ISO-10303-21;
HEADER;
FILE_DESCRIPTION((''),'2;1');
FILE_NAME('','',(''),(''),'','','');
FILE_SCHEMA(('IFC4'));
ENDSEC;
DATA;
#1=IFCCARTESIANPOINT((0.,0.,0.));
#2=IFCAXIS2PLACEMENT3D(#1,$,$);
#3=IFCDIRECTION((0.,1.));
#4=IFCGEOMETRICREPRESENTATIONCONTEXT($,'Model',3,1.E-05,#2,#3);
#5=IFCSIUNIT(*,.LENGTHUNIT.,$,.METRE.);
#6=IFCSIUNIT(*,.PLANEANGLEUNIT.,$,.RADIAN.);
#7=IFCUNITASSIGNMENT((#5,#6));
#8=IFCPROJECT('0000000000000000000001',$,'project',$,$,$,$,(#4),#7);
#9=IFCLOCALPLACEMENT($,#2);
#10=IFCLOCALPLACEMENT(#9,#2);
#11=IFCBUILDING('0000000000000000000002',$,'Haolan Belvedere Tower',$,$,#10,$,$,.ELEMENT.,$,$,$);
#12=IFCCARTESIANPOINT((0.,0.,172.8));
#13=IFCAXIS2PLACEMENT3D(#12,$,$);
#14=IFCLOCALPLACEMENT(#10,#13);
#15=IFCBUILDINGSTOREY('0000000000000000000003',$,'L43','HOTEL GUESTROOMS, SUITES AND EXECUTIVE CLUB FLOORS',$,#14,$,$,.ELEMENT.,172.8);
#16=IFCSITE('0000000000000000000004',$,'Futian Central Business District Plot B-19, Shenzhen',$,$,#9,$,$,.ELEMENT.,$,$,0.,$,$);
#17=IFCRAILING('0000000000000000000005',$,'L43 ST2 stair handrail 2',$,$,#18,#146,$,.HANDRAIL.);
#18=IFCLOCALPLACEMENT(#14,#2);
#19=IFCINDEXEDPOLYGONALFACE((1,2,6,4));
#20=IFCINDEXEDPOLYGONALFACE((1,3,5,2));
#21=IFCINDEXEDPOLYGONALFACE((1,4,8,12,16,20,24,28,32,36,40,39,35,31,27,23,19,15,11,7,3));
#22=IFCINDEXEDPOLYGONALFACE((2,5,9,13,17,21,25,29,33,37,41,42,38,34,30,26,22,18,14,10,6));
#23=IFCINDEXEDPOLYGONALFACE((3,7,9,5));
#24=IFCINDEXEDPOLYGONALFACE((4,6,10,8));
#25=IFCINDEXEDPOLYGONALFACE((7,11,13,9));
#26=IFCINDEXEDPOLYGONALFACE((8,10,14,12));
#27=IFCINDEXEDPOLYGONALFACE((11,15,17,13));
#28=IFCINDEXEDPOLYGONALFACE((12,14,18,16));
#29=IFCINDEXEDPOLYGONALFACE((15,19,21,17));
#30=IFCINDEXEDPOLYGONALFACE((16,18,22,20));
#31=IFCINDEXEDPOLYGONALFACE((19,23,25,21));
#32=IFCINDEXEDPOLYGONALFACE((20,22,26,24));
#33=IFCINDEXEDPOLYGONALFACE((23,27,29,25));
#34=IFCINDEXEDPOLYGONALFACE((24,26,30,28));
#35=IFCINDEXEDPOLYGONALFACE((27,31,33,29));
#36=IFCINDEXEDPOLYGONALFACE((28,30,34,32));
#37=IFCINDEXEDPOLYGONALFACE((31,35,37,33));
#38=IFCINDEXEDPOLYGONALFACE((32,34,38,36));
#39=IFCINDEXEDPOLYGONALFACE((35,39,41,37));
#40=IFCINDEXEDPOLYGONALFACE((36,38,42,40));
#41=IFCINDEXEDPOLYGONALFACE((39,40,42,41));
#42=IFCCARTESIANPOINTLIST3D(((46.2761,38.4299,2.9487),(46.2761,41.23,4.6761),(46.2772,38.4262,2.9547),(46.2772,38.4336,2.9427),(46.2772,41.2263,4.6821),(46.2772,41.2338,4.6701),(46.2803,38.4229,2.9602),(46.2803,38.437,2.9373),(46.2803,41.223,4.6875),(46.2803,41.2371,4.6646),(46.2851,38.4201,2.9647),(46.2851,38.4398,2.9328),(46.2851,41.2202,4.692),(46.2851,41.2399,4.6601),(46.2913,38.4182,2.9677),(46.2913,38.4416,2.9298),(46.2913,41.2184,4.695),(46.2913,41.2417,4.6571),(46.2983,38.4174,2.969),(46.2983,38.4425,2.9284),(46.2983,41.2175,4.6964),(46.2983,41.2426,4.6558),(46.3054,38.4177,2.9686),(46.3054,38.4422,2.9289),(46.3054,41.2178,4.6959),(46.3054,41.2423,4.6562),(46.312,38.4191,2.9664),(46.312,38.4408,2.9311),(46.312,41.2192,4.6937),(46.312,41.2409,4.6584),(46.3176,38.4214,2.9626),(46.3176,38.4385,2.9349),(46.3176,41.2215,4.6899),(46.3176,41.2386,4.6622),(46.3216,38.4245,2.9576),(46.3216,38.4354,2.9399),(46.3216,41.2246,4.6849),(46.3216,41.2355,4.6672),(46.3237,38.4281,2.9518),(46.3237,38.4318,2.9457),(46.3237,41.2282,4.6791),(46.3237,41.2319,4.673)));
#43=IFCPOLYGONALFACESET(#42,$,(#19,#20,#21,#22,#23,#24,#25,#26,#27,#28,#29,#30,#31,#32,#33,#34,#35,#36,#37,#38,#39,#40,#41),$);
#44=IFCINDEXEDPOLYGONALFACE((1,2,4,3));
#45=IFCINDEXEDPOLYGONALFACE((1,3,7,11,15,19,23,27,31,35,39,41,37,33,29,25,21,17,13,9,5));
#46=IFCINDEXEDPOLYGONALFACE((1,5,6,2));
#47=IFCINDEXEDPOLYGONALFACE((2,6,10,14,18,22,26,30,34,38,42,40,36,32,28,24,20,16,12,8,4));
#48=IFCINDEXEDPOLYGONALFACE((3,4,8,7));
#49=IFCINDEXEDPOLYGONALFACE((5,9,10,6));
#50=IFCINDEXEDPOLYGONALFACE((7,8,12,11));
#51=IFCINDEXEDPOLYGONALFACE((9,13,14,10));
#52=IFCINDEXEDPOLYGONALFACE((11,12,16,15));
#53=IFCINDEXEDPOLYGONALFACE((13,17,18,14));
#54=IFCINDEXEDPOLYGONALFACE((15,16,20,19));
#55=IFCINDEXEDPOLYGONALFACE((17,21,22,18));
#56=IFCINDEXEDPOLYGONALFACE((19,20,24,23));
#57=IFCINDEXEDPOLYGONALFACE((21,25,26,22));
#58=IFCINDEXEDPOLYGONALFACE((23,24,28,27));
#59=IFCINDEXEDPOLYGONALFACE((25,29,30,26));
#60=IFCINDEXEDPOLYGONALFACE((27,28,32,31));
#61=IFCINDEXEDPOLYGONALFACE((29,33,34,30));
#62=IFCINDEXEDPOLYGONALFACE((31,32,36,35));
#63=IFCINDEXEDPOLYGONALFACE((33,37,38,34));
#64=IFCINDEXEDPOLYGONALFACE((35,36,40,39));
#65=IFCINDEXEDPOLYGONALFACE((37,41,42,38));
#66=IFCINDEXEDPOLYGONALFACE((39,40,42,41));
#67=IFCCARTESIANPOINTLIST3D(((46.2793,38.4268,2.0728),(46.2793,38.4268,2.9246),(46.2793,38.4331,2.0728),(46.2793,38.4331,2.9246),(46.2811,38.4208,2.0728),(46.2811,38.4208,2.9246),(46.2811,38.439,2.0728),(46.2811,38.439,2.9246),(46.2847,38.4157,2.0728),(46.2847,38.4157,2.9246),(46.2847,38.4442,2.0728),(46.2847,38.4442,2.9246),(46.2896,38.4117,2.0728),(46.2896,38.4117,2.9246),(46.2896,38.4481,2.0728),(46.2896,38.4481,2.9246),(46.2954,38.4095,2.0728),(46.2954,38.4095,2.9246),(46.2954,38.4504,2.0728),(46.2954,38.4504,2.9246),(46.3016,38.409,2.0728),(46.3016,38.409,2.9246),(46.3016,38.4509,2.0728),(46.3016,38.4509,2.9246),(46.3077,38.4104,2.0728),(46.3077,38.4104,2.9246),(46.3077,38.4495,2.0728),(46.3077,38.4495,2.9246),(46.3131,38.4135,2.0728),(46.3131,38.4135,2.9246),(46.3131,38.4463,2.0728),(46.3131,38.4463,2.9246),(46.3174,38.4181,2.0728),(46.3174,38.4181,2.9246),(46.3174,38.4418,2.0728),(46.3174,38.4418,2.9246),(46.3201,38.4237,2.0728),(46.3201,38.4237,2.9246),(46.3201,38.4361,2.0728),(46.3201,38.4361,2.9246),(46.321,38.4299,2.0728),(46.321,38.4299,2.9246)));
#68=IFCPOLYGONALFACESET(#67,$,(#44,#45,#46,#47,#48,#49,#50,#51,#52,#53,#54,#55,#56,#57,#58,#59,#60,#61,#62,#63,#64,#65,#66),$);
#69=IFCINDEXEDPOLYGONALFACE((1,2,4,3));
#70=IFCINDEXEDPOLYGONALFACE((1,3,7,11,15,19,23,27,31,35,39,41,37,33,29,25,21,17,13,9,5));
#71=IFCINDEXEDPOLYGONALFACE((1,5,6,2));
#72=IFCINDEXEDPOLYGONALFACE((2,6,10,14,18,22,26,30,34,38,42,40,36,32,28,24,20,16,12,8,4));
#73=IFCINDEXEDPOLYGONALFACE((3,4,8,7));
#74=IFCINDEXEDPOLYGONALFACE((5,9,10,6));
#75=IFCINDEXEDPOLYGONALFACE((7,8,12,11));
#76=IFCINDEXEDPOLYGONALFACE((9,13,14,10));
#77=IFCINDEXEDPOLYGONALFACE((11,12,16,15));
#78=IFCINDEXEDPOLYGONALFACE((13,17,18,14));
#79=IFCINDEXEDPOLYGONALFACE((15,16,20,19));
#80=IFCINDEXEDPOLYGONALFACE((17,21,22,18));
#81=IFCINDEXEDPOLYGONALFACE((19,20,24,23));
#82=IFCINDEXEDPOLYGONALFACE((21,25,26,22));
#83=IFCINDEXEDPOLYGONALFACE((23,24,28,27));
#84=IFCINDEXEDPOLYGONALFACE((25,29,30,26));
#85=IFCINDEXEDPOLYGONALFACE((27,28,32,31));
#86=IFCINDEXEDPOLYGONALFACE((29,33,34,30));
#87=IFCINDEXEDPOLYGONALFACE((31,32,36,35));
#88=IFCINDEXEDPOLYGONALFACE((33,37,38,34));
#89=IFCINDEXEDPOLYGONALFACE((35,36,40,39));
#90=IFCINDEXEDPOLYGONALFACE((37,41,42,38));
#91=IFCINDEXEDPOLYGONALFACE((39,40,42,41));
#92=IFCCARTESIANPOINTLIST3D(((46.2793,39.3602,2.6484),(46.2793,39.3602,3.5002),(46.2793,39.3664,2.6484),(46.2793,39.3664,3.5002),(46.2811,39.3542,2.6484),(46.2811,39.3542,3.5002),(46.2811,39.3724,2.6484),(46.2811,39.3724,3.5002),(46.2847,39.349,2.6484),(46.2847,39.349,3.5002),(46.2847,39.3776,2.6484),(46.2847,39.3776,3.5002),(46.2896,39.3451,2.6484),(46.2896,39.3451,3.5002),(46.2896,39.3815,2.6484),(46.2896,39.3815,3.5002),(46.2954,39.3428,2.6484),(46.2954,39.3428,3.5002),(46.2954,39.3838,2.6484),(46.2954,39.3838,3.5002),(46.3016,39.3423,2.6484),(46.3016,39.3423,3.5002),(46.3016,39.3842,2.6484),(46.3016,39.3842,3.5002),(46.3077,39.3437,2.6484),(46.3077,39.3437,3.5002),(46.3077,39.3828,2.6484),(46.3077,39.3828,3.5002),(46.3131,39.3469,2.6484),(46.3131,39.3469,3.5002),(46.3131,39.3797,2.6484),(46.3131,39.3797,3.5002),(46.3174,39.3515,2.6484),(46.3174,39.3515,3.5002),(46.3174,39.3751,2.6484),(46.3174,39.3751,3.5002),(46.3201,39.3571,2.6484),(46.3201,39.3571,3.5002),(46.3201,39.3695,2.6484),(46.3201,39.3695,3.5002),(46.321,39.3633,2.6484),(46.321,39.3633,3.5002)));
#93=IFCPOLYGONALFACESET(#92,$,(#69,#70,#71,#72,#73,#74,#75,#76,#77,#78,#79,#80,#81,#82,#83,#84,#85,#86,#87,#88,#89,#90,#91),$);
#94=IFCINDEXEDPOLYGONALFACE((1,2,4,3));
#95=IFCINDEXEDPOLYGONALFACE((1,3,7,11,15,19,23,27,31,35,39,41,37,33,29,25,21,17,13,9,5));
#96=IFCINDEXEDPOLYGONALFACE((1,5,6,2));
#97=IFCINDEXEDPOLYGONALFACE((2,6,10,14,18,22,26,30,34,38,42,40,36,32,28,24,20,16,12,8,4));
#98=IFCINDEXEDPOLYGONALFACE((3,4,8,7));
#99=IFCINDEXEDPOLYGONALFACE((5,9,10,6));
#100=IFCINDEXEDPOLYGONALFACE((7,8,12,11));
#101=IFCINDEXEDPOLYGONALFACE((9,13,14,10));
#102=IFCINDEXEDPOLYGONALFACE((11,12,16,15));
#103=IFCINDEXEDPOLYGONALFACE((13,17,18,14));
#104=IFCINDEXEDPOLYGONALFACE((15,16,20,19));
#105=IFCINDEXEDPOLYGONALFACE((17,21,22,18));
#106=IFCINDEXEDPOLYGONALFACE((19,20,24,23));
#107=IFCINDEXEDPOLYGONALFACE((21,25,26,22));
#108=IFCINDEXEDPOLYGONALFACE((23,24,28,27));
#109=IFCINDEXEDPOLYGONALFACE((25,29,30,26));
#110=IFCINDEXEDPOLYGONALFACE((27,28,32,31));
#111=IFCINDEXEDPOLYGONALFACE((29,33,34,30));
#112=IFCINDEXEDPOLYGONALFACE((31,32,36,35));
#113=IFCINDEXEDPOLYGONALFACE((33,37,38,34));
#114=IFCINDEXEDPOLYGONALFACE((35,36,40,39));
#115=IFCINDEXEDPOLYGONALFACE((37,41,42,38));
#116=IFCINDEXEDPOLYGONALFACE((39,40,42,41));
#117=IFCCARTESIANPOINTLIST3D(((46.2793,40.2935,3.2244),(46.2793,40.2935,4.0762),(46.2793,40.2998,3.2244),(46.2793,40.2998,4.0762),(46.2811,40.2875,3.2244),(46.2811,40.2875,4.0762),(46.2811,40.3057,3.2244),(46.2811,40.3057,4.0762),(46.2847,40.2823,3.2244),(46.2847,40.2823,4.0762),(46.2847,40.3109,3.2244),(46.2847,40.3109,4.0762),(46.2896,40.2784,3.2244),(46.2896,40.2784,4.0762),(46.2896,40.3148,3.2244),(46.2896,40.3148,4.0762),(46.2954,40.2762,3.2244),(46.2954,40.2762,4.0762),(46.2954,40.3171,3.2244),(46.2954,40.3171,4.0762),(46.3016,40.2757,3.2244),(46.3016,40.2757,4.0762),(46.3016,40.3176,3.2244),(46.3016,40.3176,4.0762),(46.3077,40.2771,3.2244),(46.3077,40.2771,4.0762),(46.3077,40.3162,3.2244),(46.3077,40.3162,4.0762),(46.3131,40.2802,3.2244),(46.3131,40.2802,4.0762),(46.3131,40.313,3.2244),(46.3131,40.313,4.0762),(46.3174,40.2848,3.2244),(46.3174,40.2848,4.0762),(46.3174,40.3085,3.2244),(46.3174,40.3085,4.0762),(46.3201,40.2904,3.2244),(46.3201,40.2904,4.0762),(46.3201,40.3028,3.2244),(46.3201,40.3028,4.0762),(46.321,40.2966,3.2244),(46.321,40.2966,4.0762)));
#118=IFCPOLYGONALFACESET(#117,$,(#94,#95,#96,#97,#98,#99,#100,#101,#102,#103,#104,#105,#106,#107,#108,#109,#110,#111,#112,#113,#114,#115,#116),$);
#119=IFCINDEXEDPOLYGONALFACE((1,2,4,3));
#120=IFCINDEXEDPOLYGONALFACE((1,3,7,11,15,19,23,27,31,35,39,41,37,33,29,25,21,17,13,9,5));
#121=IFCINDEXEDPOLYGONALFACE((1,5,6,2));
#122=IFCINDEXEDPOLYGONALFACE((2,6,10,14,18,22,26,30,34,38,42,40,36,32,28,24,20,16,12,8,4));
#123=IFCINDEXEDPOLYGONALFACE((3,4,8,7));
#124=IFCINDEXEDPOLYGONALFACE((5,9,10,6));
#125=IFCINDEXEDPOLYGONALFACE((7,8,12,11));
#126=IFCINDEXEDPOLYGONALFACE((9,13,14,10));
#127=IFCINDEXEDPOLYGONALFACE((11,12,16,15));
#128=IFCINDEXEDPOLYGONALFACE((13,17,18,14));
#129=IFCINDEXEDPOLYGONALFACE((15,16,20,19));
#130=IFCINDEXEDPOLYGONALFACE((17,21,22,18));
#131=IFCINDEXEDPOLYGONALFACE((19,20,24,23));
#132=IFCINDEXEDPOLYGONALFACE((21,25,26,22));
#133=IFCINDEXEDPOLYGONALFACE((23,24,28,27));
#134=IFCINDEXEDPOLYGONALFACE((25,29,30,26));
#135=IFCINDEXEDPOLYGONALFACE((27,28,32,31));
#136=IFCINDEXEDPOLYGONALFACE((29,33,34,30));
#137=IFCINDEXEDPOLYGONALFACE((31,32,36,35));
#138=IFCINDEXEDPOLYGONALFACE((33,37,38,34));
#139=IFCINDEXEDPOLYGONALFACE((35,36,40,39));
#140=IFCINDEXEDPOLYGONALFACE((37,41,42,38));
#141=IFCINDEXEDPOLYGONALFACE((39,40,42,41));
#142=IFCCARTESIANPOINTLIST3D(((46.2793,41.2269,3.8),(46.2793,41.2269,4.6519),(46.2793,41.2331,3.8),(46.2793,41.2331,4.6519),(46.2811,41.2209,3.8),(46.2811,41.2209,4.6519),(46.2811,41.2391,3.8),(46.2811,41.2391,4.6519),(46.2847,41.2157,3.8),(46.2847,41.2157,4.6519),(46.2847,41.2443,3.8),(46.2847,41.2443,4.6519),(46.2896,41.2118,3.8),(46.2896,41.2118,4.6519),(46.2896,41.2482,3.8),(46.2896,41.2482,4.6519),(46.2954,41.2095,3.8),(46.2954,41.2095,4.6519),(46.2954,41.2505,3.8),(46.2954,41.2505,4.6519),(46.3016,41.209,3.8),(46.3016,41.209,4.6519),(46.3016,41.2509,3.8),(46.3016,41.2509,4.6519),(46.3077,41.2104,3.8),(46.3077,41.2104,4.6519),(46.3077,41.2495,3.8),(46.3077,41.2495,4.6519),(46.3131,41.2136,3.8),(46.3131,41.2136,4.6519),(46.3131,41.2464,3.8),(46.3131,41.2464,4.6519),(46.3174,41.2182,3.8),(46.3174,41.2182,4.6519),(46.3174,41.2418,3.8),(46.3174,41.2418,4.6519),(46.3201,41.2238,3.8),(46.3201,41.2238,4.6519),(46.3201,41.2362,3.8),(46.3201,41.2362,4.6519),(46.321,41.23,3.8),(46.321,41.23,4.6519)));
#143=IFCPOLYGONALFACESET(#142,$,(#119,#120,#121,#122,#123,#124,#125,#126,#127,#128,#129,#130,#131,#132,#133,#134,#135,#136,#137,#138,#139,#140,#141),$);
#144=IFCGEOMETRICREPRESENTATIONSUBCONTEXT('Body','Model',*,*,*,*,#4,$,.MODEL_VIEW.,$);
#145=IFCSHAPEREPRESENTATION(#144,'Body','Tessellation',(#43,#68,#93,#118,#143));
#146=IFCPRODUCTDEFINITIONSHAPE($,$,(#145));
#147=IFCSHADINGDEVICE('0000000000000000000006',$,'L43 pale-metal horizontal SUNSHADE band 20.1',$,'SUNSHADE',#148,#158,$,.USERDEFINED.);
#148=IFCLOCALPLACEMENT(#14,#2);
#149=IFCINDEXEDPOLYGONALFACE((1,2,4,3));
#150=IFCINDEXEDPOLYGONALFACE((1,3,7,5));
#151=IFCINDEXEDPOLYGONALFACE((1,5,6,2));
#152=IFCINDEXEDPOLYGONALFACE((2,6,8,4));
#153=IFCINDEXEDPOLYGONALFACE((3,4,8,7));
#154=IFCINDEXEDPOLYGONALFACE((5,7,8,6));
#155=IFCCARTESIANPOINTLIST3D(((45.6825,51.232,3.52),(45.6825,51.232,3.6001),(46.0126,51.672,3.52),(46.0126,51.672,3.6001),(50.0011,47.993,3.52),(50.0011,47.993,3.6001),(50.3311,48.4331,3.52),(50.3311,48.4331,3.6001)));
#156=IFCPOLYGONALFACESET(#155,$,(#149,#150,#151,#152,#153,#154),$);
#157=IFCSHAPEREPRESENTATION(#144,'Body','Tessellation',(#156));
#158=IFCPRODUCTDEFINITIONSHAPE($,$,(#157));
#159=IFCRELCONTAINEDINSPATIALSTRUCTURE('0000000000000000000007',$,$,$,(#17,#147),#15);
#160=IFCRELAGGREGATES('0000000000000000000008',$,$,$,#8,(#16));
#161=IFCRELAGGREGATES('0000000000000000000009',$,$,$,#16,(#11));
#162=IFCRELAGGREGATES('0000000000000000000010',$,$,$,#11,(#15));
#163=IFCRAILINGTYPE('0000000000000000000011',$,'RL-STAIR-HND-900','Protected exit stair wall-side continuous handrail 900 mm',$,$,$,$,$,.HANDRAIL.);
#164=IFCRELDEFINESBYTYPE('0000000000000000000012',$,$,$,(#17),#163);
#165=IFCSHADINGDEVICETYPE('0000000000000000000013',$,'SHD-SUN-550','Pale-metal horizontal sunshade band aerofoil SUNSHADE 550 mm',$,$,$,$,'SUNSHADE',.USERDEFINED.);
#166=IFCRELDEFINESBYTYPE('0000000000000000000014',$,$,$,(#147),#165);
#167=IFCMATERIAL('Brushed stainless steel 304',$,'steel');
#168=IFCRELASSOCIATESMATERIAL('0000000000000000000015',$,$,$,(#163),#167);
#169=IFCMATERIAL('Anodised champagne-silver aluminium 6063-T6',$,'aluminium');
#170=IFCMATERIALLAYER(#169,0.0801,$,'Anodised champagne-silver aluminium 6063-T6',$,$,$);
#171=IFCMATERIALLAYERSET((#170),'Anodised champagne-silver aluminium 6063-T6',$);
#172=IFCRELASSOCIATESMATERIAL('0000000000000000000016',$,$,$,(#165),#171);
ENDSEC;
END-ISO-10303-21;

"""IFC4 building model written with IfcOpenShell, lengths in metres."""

from ifc_helpers import new_model, si_unit, direction, frame, origin, origin_2d, place, context, subcontext, project, spatial, rectangle, circle, extrude, material, layer, layer_set, type_object, element, save


model = new_model("IFC4")

# Units and contexts
model_context = context("Model", 3, precision=1e-05, world=origin(), true_north=direction((0.0, 1.0)))
body_context = subcontext(model_context, "Body", "Model", "MODEL_VIEW")
ifc_project = project(units=[si_unit("LENGTHUNIT", "METRE"), si_unit("PLANEANGLEUNIT", "RADIAN")], contexts=[model_context])

# Site, building, storey
site_placement = place(None, origin())
site = spatial("IfcSite", under=ifc_project, at=site_placement, Name="Futian Central Business District Plot B-19, Shenzhen", CompositionType="ELEMENT", RefElevation=0.0)
building_placement = place(site_placement, origin())
building = spatial("IfcBuilding", under=site, at=building_placement, Name="Haolan Belvedere Tower", CompositionType="ELEMENT")
storey_placement = place(building_placement, frame((0.0, 0.0, 172.8)))
storey = spatial("IfcBuildingStorey", under=building, at=storey_placement, Name="L43", Description="HOTEL GUESTROOMS, SUITES AND EXECUTIVE CLUB FLOORS", CompositionType="ELEMENT", Elevation=172.8)

# Railing
ifc_material_1 = material(Name="Brushed stainless steel 304", Category="steel")
railing_type = type_object("IfcRailingType", Name="RL-STAIR-HND-900", Description="Protected exit stair wall-side continuous handrail 900 mm", PredefinedType="HANDRAIL", material=ifc_material_1)
railing_placement = place(storey_placement, frame((46.3, 38.4299, 2.0728)))
element("IfcRailing", 1, at=railing_placement, inside=storey, type_object=railing_type, Name="L43 ST2 stair handrail 2", PredefinedType="HANDRAIL", context=body_context, shape_type="SweptSolid", body=[
    extrude(circle(Radius=0.0239, at=origin_2d()), frame((0.0, 0.0, 0.876), z_axis=(0.0, 0.85109, 0.52502), x_axis=(-1.0, 0.0, 0.0)), (0.0, 0.0, 1.0), 3.29),
    extrude(circle(Radius=0.021, at=origin_2d()), origin(), (0.0, 0.0, 1.0), 0.8518),
    extrude(circle(Radius=0.021, at=origin_2d()), frame((0.0, 0.9333, 0.5757)), (0.0, 0.0, 1.0), 0.8518),
    extrude(circle(Radius=0.021, at=origin_2d()), frame((0.0, 1.8667, 1.1516)), (0.0, 0.0, 1.0), 0.8518),
    extrude(circle(Radius=0.021, at=origin_2d()), frame((0.0, 2.8, 1.7273)), (0.0, 0.0, 1.0), 0.8518),
])

# Shading device
ifc_material_2 = material(Name="Anodised champagne-silver aluminium 6063-T6", Category="aluminium")
ifc_layer_1 = layer(ifc_material_2, 0.0801, Name="Anodised champagne-silver aluminium 6063-T6")
ifc_layer_set_1 = layer_set([ifc_layer_1], Name="Anodised champagne-silver aluminium 6063-T6")
shading_device_type = type_object("IfcShadingDeviceType", Name="SHD-SUN-550", Description="Pale-metal horizontal sunshade band aerofoil SUNSHADE 550 mm", ElementType="SUNSHADE", PredefinedType="USERDEFINED", material=ifc_layer_set_1)
shading_device_placement = place(storey_placement, frame((48.0068, 49.8325, 3.52), z_axis=(0.0, 0.0, 1.0), x_axis=(-0.799999, 0.600001, 0.0)))
element("IfcShadingDevice", 2, at=shading_device_placement, inside=storey, type_object=shading_device_type, Name="L43 pale-metal horizontal SUNSHADE band 20.1", ObjectType="SUNSHADE", PredefinedType="USERDEFINED", context=body_context, shape_type="SweptSolid", body=[
    extrude(rectangle(XDim=5.3982, YDim=0.55, at=origin_2d()), origin(), (0.0, 0.0, 1.0), 0.0801),
])

save(model, "model.ifc")
